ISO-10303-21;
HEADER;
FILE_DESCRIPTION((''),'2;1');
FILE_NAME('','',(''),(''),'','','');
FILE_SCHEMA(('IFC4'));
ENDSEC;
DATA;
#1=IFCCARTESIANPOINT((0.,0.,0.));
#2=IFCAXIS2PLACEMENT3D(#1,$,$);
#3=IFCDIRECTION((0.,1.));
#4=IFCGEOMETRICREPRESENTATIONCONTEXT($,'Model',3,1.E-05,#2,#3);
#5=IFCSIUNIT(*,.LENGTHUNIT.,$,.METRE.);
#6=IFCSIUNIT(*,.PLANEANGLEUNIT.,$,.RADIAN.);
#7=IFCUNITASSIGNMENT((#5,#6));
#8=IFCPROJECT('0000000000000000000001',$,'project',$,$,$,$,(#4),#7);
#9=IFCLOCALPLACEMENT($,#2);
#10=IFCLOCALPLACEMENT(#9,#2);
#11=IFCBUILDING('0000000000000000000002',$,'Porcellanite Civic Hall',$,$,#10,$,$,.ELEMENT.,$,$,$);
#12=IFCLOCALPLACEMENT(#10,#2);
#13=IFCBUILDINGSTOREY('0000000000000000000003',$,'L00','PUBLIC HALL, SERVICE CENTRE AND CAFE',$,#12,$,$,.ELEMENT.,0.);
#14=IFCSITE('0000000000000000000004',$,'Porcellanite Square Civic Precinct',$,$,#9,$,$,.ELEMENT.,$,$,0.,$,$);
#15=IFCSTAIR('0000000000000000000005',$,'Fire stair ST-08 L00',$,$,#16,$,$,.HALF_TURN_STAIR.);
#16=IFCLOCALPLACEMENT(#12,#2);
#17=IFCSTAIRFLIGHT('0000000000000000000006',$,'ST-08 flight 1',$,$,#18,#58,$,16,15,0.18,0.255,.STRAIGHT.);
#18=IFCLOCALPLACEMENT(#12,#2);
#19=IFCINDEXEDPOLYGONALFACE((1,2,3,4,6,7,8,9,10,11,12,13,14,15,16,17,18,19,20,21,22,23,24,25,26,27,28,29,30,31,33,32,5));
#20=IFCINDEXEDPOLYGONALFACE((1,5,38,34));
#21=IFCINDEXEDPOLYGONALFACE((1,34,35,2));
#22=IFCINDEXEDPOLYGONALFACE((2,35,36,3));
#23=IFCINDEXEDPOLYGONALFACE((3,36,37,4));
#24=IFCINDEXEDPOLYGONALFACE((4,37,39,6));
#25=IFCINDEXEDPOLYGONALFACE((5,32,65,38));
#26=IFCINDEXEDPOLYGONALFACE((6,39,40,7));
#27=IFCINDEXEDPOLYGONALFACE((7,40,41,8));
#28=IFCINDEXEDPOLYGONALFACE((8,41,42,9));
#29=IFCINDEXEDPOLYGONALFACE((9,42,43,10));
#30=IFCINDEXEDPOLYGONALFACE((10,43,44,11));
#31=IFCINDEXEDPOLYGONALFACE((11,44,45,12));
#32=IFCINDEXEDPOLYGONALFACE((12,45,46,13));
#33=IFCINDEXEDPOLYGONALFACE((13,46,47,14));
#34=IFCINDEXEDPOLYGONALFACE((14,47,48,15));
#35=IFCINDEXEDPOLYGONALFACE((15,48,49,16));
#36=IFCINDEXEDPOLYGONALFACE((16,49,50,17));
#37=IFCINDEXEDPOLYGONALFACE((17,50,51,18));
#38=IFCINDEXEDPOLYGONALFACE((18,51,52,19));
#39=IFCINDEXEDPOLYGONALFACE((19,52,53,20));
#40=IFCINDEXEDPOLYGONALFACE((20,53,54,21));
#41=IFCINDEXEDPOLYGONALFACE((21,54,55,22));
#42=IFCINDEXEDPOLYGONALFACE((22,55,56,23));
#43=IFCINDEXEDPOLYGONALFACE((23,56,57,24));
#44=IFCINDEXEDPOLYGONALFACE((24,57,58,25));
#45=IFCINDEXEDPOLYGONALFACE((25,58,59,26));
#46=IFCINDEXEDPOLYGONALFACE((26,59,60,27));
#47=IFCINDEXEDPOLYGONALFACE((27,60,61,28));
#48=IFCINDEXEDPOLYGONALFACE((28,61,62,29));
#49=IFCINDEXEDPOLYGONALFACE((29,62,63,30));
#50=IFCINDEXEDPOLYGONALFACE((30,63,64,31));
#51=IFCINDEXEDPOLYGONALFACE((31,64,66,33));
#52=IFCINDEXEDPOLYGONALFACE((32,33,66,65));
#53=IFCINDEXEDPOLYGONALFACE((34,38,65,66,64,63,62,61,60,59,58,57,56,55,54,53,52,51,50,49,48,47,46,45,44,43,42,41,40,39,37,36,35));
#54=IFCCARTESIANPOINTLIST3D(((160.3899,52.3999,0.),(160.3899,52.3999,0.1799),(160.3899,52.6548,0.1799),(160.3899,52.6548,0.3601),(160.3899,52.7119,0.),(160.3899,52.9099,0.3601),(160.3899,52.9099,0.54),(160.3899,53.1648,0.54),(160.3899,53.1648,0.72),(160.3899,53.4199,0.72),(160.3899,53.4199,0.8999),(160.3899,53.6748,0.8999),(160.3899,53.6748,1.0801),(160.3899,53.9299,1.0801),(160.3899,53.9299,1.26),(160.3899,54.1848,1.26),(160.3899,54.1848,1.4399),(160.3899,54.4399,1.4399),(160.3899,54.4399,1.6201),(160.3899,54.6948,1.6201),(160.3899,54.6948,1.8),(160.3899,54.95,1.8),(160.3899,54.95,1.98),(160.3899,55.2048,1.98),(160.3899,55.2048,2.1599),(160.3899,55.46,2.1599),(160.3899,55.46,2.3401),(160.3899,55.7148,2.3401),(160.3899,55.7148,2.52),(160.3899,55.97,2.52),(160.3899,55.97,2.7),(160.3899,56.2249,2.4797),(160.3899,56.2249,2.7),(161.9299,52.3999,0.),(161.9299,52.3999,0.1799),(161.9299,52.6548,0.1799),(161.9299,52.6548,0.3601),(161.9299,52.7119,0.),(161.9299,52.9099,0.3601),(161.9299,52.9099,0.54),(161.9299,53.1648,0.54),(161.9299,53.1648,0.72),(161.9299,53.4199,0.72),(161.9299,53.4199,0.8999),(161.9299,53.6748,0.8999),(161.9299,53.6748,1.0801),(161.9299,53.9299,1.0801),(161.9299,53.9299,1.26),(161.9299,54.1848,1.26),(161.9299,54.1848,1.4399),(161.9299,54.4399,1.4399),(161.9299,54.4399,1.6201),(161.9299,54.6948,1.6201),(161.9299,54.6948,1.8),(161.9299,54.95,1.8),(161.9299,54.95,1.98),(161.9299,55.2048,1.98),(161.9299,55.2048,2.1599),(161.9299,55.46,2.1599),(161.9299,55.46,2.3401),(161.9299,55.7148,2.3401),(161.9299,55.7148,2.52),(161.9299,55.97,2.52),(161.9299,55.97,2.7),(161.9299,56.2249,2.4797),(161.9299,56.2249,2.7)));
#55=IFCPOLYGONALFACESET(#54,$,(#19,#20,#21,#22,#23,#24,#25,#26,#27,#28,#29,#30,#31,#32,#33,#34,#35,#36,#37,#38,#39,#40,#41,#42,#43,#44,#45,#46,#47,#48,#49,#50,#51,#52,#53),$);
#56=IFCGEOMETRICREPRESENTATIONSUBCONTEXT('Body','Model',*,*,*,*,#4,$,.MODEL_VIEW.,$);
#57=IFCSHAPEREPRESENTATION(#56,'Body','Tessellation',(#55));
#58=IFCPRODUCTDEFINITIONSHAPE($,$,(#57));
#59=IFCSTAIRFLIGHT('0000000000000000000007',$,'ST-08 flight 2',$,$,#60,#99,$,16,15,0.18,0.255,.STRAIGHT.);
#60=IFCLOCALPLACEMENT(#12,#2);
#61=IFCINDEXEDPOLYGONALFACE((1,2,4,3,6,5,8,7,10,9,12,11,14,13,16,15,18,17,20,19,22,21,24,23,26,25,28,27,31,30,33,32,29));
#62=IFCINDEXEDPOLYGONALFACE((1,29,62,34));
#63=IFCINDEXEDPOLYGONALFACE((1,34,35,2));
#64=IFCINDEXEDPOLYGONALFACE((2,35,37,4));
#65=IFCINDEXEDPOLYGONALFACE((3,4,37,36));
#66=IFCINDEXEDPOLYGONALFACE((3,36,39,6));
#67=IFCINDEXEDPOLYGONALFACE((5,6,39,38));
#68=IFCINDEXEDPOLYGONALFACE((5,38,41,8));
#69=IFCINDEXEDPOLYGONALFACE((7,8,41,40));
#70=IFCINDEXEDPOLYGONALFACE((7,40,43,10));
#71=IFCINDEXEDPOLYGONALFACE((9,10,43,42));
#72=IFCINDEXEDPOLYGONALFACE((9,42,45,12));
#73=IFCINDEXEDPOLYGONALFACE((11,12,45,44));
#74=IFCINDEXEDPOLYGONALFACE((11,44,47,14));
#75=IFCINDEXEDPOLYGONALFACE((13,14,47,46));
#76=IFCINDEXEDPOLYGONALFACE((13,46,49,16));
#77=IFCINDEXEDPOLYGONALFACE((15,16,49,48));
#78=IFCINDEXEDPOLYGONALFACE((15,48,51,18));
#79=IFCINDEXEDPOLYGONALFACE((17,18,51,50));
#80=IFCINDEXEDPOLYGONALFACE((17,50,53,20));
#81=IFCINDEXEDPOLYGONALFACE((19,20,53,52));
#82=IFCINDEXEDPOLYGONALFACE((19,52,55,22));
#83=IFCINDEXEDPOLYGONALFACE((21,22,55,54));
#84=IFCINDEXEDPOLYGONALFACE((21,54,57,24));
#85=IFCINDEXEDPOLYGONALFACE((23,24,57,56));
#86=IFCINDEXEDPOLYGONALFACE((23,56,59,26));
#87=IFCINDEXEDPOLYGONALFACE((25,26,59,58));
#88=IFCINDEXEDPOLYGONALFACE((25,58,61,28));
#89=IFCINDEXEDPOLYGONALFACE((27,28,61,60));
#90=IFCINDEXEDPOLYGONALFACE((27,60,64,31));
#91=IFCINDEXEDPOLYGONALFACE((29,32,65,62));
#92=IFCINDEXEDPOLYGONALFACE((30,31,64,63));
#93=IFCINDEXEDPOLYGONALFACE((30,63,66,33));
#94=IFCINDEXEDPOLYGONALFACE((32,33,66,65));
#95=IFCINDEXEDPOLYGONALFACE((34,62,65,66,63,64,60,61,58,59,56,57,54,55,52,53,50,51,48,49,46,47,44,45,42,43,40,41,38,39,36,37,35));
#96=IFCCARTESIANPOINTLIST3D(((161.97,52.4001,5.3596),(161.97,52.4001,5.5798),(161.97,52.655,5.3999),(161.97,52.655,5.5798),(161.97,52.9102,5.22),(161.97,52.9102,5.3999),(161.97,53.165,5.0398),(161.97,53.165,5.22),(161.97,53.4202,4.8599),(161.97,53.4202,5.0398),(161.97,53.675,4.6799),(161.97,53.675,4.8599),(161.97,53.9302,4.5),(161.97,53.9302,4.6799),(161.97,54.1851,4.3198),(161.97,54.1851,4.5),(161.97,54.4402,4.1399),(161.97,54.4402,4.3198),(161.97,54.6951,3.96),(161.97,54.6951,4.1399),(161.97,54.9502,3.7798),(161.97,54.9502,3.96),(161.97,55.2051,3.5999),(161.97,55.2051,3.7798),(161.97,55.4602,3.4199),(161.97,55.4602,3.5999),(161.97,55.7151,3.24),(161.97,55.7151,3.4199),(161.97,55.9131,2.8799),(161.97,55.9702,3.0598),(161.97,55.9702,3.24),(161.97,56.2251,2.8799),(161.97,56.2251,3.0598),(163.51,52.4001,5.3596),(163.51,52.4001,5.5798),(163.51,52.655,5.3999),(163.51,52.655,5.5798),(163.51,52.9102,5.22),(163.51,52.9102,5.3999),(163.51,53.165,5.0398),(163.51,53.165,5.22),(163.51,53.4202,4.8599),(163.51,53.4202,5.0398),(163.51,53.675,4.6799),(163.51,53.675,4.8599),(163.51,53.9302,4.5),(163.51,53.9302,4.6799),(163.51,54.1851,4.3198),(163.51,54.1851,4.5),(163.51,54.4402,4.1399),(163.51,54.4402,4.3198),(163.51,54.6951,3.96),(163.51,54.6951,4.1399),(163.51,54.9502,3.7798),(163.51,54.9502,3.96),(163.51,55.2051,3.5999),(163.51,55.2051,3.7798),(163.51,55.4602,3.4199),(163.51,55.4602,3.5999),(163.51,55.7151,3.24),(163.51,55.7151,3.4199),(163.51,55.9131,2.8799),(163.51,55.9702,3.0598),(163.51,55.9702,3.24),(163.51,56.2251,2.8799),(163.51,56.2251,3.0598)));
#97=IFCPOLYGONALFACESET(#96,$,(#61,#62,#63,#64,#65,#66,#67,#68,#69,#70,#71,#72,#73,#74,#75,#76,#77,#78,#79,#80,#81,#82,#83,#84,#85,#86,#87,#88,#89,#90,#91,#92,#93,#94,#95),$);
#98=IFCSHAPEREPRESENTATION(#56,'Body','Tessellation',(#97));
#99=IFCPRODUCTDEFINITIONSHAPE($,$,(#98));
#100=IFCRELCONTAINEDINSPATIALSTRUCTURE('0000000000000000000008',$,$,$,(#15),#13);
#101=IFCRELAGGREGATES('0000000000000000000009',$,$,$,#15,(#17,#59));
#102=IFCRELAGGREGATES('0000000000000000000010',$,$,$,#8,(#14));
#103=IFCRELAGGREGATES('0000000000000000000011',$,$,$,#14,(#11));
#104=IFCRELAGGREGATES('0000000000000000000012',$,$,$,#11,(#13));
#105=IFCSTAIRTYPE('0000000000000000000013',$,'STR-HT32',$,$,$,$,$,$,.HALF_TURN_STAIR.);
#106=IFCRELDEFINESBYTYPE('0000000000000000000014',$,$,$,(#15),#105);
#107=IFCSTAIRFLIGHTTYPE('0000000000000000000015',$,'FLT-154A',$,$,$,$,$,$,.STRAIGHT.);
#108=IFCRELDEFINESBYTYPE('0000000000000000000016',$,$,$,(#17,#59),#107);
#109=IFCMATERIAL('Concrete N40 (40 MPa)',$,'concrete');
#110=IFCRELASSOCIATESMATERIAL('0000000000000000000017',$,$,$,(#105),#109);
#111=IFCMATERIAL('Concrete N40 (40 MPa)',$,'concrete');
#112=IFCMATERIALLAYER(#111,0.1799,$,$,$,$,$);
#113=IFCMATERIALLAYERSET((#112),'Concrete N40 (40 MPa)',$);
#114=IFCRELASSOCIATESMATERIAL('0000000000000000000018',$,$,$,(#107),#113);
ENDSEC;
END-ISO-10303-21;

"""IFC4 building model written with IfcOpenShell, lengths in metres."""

from ifc_helpers import new_model, si_unit, direction, frame, origin, place, context, subcontext, project, spatial, polyline, outline, extrude, material, layer, layer_set, type_object, element, aggregate, save


model = new_model("IFC4")

# Units and contexts
model_context = context("Model", 3, precision=1e-05, world=origin(), true_north=direction((0.0, 1.0)))
body_context = subcontext(model_context, "Body", "Model", "MODEL_VIEW")
ifc_project = project(units=[si_unit("LENGTHUNIT", "METRE"), si_unit("PLANEANGLEUNIT", "RADIAN")], contexts=[model_context])

# Site, building, storey
site_placement = place(None, origin())
site = spatial("IfcSite", under=ifc_project, at=site_placement, Name="Porcellanite Square Civic Precinct", CompositionType="ELEMENT", RefElevation=0.0)
building_placement = place(site_placement, origin())
building = spatial("IfcBuilding", under=site, at=building_placement, Name="Porcellanite Civic Hall", CompositionType="ELEMENT")
storey_placement = place(building_placement, origin())
storey = spatial("IfcBuildingStorey", under=building, at=storey_placement, Name="L00", Description="PUBLIC HALL, SERVICE CENTRE AND CAFE", CompositionType="ELEMENT", Elevation=0.0)

# Stair, stair flights
ifc_material_1 = material(Name="Concrete N40 (40 MPa)", Category="concrete")
stair_type = type_object("IfcStairType", Name="STR-HT32", PredefinedType="HALF_TURN_STAIR", material=ifc_material_1)
stair_placement = place(storey_placement, origin())
stair = element("IfcStair", 1, at=stair_placement, inside=storey, type_object=stair_type, Name="Fire stair ST-08 L00", PredefinedType="HALF_TURN_STAIR")
ifc_material_2 = material(Name="Concrete N40 (40 MPa)", Category="concrete")
ifc_layer_1 = layer(ifc_material_2, 0.1799)
ifc_layer_set_1 = layer_set([ifc_layer_1], Name="Concrete N40 (40 MPa)")
stair_flight_type = type_object("IfcStairFlightType", Name="FLT-154A", PredefinedType="STRAIGHT", material=ifc_layer_set_1)
stair_flight_1_placement = place(storey_placement, frame((161.1599, 52.3999, 0.0), z_axis=(0.0, 0.0, 1.0), x_axis=(0.0, 1.0, 0.0)))
stair_flight_1 = element("IfcStairFlight", 2, at=stair_flight_1_placement, type_object=stair_flight_type, Name="ST-08 flight 1", NumberOfRisers=16, NumberOfTreads=15, PredefinedType="STRAIGHT", RiserHeight=0.18, TreadLength=0.255, context=body_context, shape_type="SweptSolid", body=[
    extrude(outline(polyline([(0.0, 0.0), (0.0, 0.1799), (0.2549, 0.1799), (0.2549, 0.3601), (0.51, 0.3601), (0.51, 0.54), (0.7649, 0.54), (0.7649, 0.72), (1.02, 0.72), (1.02, 0.8999), (1.2749, 0.8999), (1.2749, 1.0801), (1.53, 1.0801), (1.53, 1.26), (1.7849, 1.26), (1.7849, 1.4399), (2.04, 1.4399), (2.04, 1.6201), (2.2949, 1.6201), (2.2949, 1.8), (2.55, 1.8), (2.55, 1.98), (2.8049, 1.98), (2.8049, 2.1599), (3.0601, 2.1599), (3.0601, 2.3401), (3.3149, 2.3401), (3.3149, 2.52), (3.5701, 2.52), (3.5701, 2.7), (3.825, 2.7), (3.825, 2.8799), (3.825, 2.4797), (0.312, 0.0), (0.0, 0.0)])), frame((0.0, 0.77, 0.0), z_axis=(0.0, -1.0, 0.0), x_axis=(1.0, 0.0, 0.0)), (0.0, 0.0, 1.0), 1.54),
])
stair_flight_2_placement = place(storey_placement, frame((162.74, 56.2251, 2.8799), z_axis=(0.0, 0.0, 1.0), x_axis=(0.0, -1.0, 0.0)))
stair_flight_2 = element("IfcStairFlight", 3, at=stair_flight_2_placement, type_object=stair_flight_type, Name="ST-08 flight 2", NumberOfRisers=16, NumberOfTreads=15, PredefinedType="STRAIGHT", RiserHeight=0.18, TreadLength=0.255, context=body_context, shape_type="SweptSolid", body=[
    extrude(outline(polyline([(0.0, 0.0), (0.0, 0.1799), (0.2549, 0.1799), (0.2549, 0.3601), (0.51, 0.3601), (0.51, 0.54), (0.7649, 0.54), (0.7649, 0.72), (1.02, 0.72), (1.02, 0.8999), (1.2749, 0.8999), (1.2749, 1.0801), (1.53, 1.0801), (1.53, 1.26), (1.7849, 1.26), (1.7849, 1.4399), (2.04, 1.4399), (2.04, 1.6201), (2.2949, 1.6201), (2.2949, 1.8), (2.55, 1.8), (2.55, 1.98), (2.8049, 1.98), (2.8049, 2.1599), (3.0601, 2.1599), (3.0601, 2.3401), (3.3149, 2.3401), (3.3149, 2.52), (3.5701, 2.52), (3.5701, 2.7), (3.825, 2.7), (3.825, 2.8799), (3.825, 2.4797), (0.312, 0.0), (0.0, 0.0)])), frame((0.0, 0.77, 0.0), z_axis=(0.0, -1.0, 0.0), x_axis=(1.0, 0.0, 0.0)), (0.0, 0.0, 1.0), 1.54),
])
aggregate(stair, [stair_flight_1, stair_flight_2])

save(model, "model.ifc")
